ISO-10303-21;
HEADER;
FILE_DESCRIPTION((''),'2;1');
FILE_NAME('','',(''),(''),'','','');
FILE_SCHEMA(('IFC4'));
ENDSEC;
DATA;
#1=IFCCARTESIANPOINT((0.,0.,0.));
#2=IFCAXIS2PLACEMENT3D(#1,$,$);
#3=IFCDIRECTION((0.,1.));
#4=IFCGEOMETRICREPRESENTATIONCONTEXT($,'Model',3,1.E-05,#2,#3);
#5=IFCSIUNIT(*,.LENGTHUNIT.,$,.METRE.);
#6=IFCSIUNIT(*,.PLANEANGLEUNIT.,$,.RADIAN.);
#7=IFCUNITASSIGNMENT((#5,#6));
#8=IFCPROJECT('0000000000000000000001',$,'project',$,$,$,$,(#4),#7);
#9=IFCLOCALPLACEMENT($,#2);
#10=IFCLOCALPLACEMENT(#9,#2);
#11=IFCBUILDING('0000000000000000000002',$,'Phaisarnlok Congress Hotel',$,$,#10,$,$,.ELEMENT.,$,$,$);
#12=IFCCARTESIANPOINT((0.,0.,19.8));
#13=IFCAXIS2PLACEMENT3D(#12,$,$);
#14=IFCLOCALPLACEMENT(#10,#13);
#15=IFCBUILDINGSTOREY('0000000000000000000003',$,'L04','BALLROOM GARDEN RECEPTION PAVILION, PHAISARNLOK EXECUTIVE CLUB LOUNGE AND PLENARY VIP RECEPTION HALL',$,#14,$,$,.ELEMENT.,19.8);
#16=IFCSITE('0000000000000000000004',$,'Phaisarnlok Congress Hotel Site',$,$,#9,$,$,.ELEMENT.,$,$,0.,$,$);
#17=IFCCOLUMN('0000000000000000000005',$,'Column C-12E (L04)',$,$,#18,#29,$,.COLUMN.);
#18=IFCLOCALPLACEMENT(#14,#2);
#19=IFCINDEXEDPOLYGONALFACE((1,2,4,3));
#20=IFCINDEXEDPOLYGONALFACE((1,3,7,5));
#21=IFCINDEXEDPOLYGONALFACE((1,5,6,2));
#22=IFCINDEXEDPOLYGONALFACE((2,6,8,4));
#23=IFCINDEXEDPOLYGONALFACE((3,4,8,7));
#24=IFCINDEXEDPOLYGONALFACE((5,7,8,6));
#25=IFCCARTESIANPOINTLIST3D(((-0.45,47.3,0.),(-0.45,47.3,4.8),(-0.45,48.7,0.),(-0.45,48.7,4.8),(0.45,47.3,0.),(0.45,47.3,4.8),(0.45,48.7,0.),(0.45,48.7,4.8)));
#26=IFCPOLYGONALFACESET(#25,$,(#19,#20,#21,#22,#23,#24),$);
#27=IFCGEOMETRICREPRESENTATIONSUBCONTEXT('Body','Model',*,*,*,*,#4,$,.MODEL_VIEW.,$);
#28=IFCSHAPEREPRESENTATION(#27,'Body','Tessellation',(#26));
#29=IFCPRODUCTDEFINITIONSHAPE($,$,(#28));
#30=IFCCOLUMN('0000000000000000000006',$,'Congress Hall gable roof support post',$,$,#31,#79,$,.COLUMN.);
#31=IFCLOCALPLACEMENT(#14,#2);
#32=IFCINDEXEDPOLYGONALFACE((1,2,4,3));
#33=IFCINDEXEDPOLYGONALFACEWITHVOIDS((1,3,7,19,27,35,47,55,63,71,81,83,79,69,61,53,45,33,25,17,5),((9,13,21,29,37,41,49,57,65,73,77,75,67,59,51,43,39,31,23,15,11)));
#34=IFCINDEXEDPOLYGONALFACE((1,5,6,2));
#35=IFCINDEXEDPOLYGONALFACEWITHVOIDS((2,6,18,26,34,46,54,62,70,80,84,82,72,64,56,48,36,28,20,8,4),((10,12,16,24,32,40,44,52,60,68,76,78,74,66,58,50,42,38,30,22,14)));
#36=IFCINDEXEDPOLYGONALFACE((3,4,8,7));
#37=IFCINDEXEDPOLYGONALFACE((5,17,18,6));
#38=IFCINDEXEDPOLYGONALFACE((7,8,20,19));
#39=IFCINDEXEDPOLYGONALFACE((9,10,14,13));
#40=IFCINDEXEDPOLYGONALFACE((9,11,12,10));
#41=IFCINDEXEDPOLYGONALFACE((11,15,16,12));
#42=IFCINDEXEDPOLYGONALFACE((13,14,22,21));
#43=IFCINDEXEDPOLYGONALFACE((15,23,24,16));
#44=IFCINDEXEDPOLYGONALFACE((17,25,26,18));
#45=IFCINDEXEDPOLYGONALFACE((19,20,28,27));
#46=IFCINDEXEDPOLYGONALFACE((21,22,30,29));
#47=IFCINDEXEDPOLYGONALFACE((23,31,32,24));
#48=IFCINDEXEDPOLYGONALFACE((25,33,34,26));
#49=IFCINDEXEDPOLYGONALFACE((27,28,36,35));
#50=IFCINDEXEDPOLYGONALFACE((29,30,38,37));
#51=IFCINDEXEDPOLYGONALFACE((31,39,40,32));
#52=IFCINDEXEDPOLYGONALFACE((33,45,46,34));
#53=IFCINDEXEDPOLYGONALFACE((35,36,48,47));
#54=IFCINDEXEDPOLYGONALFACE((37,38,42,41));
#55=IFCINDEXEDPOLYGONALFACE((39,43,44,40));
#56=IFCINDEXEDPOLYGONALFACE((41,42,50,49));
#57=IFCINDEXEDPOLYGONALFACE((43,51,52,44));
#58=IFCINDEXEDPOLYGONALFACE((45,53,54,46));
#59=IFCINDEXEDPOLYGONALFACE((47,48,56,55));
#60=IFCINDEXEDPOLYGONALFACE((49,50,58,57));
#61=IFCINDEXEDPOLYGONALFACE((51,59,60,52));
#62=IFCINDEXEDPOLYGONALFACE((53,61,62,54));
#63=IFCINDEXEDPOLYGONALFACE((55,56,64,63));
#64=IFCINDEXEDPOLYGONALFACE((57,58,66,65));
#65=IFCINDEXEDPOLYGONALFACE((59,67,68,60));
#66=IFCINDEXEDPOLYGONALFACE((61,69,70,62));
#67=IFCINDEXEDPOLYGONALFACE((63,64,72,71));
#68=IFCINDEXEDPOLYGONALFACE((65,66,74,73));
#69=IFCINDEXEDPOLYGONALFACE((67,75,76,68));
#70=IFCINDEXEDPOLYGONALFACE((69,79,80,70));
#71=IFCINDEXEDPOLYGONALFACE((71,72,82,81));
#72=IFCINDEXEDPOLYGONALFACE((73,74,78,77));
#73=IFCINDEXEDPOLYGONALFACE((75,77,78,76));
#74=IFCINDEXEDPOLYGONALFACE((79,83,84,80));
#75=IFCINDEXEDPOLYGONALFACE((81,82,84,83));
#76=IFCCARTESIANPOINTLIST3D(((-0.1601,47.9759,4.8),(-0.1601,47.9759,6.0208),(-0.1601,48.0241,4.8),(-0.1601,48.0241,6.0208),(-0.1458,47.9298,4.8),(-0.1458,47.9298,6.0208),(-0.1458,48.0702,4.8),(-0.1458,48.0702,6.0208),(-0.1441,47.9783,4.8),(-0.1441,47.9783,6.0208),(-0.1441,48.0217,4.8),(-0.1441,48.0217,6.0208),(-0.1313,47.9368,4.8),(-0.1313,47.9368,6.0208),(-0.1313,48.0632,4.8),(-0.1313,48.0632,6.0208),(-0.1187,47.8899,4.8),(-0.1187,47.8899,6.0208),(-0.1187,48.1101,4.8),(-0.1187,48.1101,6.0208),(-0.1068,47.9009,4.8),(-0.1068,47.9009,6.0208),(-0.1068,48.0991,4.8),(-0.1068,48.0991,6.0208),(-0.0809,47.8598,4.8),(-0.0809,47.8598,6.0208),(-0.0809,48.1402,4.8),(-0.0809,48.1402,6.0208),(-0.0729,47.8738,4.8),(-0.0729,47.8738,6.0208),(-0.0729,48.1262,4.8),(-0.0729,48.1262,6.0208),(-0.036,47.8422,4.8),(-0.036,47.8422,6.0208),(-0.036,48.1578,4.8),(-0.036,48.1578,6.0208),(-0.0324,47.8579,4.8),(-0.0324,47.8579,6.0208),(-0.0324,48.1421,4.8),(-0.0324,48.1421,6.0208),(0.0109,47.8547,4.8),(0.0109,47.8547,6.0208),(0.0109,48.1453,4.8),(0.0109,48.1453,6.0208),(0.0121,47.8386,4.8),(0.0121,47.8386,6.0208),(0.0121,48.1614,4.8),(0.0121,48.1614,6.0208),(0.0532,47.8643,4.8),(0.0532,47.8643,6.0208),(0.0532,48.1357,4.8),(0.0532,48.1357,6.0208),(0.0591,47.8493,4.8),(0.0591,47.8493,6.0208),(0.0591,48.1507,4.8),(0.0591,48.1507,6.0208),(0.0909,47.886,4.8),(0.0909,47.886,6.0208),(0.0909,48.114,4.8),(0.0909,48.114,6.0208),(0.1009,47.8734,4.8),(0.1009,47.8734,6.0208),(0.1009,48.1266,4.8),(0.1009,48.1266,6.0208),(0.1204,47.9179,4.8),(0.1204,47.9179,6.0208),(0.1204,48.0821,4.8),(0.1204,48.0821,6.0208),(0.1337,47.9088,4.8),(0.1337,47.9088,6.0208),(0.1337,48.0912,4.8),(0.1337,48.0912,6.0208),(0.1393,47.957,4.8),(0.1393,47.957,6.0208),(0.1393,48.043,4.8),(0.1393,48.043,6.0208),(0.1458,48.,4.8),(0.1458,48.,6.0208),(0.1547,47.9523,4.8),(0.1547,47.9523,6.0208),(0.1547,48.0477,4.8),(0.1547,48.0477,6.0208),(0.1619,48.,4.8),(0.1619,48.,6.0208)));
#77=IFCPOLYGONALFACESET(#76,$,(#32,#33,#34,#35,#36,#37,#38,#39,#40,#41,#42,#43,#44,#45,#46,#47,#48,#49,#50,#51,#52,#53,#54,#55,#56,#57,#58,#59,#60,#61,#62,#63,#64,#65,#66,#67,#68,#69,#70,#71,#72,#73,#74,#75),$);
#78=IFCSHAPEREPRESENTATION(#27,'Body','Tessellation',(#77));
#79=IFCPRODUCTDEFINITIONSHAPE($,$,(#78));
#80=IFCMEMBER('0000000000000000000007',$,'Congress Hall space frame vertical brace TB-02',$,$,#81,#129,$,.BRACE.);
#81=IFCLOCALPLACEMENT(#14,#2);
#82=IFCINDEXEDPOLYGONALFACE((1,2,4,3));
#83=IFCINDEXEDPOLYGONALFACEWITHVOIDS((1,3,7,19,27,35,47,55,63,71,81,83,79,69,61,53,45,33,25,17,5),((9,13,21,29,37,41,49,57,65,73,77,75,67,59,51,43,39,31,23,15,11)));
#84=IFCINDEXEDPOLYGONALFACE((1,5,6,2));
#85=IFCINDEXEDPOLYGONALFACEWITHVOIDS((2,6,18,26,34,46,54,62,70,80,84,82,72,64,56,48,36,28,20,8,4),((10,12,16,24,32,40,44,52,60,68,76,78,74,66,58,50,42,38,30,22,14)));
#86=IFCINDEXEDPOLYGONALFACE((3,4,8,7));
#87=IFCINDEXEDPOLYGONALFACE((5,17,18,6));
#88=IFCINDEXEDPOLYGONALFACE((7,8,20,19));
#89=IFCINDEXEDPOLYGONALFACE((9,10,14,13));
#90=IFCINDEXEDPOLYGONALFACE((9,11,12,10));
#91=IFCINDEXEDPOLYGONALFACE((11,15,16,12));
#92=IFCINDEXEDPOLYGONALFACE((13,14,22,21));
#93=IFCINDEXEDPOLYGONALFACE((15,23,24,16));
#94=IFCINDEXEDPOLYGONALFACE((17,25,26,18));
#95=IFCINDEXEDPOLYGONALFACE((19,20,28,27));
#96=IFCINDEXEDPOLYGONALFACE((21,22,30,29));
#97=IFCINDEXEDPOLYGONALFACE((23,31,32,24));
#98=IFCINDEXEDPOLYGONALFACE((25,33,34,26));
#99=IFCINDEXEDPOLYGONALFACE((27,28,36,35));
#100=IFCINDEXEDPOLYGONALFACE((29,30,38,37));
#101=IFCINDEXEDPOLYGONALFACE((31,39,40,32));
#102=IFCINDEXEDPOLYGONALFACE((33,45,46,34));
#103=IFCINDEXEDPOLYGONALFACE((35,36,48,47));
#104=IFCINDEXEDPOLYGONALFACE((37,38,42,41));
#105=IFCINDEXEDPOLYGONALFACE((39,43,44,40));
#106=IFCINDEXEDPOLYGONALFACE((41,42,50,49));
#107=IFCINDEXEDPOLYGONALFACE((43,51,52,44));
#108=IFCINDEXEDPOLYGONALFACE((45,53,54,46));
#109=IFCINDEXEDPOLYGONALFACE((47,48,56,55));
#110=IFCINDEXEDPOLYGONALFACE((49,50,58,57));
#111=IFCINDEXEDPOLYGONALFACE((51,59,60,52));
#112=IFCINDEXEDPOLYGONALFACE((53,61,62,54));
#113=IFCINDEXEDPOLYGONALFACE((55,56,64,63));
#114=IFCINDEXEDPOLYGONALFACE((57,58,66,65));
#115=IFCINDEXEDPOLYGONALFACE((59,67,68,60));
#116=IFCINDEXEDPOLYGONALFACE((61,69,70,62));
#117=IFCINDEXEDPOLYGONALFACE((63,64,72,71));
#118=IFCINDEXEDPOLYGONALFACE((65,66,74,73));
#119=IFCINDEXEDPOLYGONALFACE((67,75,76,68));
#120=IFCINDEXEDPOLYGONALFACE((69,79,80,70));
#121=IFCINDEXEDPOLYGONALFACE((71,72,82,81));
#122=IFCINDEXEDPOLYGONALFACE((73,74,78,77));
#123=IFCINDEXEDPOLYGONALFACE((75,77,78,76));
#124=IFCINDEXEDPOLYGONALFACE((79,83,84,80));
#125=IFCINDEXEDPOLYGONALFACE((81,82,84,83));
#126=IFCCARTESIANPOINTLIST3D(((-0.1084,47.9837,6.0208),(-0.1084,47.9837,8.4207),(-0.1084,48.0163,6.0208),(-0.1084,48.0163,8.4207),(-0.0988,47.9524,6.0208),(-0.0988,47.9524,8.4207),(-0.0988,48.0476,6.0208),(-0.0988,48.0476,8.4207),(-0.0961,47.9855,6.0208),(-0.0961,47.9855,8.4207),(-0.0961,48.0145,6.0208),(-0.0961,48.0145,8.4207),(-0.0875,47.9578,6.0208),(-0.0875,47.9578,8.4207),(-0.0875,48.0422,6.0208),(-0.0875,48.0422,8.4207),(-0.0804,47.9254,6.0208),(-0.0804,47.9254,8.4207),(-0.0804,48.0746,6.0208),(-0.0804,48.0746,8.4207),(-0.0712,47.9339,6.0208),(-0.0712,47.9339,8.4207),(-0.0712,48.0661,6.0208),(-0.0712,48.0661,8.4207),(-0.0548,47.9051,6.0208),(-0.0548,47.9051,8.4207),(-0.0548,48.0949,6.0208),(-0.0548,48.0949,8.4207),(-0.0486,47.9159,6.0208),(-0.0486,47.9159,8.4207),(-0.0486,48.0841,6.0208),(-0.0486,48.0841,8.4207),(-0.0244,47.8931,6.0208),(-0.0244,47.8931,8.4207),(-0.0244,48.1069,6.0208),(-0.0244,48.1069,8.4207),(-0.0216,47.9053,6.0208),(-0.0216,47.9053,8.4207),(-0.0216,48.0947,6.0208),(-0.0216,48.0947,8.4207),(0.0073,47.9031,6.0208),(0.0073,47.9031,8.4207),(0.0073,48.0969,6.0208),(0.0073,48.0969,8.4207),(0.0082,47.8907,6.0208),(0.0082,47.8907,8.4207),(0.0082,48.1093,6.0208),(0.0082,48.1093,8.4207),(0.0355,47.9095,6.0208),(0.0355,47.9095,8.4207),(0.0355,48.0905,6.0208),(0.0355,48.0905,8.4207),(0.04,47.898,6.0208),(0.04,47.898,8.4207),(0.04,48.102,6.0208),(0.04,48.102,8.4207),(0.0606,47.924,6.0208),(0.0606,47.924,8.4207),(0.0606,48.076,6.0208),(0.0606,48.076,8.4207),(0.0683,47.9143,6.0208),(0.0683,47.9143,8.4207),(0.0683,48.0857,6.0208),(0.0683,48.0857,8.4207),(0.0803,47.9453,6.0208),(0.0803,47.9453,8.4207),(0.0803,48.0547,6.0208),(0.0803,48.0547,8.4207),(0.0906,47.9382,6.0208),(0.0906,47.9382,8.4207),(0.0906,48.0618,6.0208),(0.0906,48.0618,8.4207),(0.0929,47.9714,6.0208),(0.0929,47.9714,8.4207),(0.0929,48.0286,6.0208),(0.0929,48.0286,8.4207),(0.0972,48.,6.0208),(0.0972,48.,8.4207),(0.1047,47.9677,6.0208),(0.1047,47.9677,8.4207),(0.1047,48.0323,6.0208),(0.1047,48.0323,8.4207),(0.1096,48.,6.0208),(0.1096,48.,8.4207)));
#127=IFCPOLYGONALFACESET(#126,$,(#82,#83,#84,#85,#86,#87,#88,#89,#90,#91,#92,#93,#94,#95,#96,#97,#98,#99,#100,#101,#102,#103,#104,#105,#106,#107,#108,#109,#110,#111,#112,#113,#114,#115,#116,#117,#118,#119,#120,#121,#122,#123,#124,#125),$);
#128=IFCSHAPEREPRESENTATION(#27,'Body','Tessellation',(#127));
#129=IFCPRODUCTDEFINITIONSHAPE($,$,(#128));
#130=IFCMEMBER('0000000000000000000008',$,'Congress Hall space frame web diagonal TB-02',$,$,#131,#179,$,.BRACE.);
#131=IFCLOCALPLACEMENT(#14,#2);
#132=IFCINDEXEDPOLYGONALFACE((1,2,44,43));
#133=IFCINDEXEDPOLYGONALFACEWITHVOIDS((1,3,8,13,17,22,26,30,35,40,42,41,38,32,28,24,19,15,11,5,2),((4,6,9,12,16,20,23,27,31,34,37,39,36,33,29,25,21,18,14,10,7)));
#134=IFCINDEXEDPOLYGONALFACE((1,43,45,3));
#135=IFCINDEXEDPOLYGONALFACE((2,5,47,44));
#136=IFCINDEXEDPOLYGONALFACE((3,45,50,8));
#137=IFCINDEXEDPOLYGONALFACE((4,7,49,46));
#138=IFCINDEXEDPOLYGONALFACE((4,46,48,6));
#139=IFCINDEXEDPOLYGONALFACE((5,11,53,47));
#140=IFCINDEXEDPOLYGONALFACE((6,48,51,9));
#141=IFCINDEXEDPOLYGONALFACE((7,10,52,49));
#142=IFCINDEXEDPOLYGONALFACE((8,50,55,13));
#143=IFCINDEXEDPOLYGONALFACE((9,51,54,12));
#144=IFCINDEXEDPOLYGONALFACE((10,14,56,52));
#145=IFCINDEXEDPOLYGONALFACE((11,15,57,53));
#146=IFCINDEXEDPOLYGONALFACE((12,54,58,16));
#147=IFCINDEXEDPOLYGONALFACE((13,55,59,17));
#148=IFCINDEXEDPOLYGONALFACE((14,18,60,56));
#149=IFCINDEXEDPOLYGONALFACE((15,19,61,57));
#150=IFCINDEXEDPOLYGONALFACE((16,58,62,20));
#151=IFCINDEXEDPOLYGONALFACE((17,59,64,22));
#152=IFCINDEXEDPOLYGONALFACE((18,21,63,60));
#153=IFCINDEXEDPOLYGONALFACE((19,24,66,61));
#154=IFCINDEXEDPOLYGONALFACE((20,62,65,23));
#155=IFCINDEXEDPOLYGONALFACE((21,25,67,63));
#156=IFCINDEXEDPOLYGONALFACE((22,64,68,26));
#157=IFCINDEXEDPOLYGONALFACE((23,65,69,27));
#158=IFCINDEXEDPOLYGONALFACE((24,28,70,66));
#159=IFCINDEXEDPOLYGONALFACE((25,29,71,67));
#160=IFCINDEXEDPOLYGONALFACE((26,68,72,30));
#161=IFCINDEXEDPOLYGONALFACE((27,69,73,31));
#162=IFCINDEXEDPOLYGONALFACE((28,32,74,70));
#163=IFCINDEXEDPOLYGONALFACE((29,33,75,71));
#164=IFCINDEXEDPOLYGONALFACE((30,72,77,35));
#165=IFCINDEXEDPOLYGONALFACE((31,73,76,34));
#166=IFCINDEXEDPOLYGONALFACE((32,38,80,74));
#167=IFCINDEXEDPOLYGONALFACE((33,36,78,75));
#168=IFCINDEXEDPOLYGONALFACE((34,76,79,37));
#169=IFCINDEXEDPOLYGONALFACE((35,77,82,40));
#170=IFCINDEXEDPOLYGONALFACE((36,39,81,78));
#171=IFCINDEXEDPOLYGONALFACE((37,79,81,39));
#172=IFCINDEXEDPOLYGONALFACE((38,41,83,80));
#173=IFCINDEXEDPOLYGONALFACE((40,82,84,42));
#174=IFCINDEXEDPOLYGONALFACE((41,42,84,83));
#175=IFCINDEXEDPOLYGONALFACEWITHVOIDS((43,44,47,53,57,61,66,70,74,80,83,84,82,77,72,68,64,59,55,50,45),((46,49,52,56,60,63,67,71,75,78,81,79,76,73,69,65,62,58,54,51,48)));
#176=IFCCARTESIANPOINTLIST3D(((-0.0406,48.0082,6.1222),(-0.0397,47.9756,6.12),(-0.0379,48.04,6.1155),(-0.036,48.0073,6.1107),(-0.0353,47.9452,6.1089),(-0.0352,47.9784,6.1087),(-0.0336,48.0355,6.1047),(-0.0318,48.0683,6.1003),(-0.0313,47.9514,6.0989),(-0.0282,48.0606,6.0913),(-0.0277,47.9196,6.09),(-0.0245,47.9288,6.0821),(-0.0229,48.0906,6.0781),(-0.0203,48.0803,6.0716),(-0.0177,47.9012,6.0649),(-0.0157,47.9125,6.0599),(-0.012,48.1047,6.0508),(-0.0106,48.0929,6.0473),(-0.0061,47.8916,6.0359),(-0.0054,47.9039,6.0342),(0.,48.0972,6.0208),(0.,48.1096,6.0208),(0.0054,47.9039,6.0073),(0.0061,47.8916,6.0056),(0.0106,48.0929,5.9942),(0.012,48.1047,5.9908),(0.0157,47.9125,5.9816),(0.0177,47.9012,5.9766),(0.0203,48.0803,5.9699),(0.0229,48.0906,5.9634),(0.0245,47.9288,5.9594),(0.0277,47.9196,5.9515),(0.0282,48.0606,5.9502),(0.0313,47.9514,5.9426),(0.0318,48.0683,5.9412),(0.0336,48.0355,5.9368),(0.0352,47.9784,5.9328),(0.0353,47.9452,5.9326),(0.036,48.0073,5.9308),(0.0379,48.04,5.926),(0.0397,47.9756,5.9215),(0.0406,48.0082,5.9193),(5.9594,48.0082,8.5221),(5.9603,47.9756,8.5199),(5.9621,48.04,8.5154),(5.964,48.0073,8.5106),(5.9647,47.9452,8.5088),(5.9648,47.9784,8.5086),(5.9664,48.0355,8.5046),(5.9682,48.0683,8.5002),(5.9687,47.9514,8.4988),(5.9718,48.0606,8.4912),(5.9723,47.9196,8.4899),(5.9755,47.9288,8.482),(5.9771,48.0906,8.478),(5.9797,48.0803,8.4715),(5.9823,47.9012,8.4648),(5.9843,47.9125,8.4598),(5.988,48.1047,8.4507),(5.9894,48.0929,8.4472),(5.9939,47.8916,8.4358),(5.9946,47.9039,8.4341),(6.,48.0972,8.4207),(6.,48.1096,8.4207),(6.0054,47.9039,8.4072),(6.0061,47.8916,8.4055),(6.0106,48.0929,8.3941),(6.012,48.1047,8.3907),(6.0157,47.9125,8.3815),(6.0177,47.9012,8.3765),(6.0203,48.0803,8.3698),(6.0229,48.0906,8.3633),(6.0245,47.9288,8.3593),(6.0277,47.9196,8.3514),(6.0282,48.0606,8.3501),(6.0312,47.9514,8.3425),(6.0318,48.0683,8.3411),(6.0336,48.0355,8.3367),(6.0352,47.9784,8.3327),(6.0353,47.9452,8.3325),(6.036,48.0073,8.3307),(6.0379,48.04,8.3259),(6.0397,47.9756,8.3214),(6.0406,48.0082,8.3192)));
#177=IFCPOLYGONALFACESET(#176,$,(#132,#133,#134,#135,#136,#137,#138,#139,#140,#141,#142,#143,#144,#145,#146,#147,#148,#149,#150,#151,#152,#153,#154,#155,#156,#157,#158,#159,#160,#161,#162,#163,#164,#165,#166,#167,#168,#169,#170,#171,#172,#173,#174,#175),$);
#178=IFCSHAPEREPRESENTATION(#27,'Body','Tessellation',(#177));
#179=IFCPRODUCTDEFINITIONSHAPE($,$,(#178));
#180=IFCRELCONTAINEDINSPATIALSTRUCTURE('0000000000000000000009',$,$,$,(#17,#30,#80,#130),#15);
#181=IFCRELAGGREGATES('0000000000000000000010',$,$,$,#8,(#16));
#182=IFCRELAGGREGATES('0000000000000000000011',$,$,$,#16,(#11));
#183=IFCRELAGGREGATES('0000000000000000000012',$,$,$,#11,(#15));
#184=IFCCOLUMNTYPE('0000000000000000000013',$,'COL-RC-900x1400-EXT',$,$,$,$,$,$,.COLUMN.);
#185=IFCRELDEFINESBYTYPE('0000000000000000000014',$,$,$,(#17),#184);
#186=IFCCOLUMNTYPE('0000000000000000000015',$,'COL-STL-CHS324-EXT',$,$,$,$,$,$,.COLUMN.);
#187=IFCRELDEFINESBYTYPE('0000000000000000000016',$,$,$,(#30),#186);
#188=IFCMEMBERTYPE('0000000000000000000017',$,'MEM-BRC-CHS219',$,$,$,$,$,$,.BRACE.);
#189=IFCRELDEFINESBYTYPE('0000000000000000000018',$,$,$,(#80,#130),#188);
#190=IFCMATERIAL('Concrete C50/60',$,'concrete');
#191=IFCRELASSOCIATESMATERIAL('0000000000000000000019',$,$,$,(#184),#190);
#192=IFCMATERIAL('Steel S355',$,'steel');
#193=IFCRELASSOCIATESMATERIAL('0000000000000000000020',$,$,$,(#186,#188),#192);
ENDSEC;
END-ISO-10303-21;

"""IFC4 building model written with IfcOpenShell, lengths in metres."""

from ifc_helpers import new_model, si_unit, direction, frame, origin, origin_2d, place, context, subcontext, project, spatial, rectangle, hollow_circle, extrude, material, material_profile, profile_set, type_object, element, save


model = new_model("IFC4")

# Units and contexts
model_context = context("Model", 3, precision=1e-05, world=origin(), true_north=direction((0.0, 1.0)))
body_context = subcontext(model_context, "Body", "Model", "MODEL_VIEW")
ifc_project = project(units=[si_unit("LENGTHUNIT", "METRE"), si_unit("PLANEANGLEUNIT", "RADIAN")], contexts=[model_context])

# Site, building, storey
site_placement = place(None, origin())
site = spatial("IfcSite", under=ifc_project, at=site_placement, Name="Phaisarnlok Congress Hotel Site", CompositionType="ELEMENT", RefElevation=0.0)
building_placement = place(site_placement, origin())
building = spatial("IfcBuilding", under=site, at=building_placement, Name="Phaisarnlok Congress Hotel", CompositionType="ELEMENT")
storey_placement = place(building_placement, frame((0.0, 0.0, 19.8)))
storey = spatial("IfcBuildingStorey", under=building, at=storey_placement, Name="L04", Description="BALLROOM GARDEN RECEPTION PAVILION, PHAISARNLOK EXECUTIVE CLUB LOUNGE AND PLENARY VIP RECEPTION HALL", CompositionType="ELEMENT", Elevation=19.8)

# Columns
ifc_material_1 = material(Name="Concrete C50/60", Category="concrete")
ifc_material_profile_1 = material_profile(ifc_material_1, rectangle(XDim=0.8999, YDim=1.3999, at=origin_2d()), Name="RC 900x1400")
ifc_profile_set_1 = profile_set([ifc_material_profile_1], Name="Concrete C50/60")
column_type_1 = type_object("IfcColumnType", Name="COL-RC-900x1400-EXT", PredefinedType="COLUMN", material=ifc_profile_set_1)
column_1_placement = place(storey_placement, frame((0.0, 48.0, 0.0), z_axis=(0.0, 0.0, 1.0), x_axis=(1.0, 0.0, 0.0)))
element("IfcColumn", 1, at=column_1_placement, inside=storey, type_object=column_type_1, Name="Column C-12E (L04)", PredefinedType="COLUMN", context=body_context, shape_type="SweptSolid", body=[
    extrude(rectangle(XDim=0.8999, YDim=1.3999, at=origin_2d()), origin(), (0.0, 0.0, 1.0), 4.8),
])
ifc_material_2 = material(Name="Steel S355", Category="steel")
ifc_material_profile_2 = material_profile(ifc_material_2, hollow_circle(Radius=0.1619, WallThickness=0.0161, at=origin_2d()), Name="CHS 323.9x16")
ifc_profile_set_2 = profile_set([ifc_material_profile_2], Name="Steel S355")
column_type_2 = type_object("IfcColumnType", Name="COL-STL-CHS324-EXT", PredefinedType="COLUMN", material=ifc_profile_set_2)
column_2_placement = place(storey_placement, frame((0.0, 48.0, 4.8), z_axis=(0.0, 0.0, 1.0), x_axis=(1.0, 0.0, 0.0)))
element("IfcColumn", 2, at=column_2_placement, inside=storey, type_object=column_type_2, Name="Congress Hall gable roof support post", PredefinedType="COLUMN", context=body_context, shape_type="SweptSolid", body=[
    extrude(hollow_circle(Radius=0.1619, WallThickness=0.0161, at=origin_2d()), origin(), (0.0, 0.0, 1.0), 1.2207),
])

# Members
ifc_material_profile_3 = material_profile(ifc_material_2, hollow_circle(Radius=0.1096, WallThickness=0.0125, at=origin_2d()), Name="CHS 219.1x12.5")
ifc_profile_set_3 = profile_set([ifc_material_profile_3], Name="Steel S355")
member_type_1 = type_object("IfcMemberType", Name="MEM-BRC-CHS219", PredefinedType="BRACE", material=ifc_profile_set_3)
member_1_placement = place(storey_placement, frame((0.0, 48.0, 6.0208), z_axis=(0.0, 0.0, 1.0), x_axis=(1.0, 0.0, 0.0)))
element("IfcMember", 3, at=member_1_placement, inside=storey, type_object=member_type_1, Name="Congress Hall space frame vertical brace TB-02", PredefinedType="BRACE", context=body_context, shape_type="SweptSolid", body=[
    extrude(hollow_circle(Radius=0.1096, WallThickness=0.0125, at=origin_2d()), origin(), (0.0, 0.0, 1.0), 2.3999),
])
member_2_placement = place(storey_placement, frame((0.0, 48.0, 6.0208), z_axis=(0.928482, 0.0, 0.371378), x_axis=(0.0, 1.0, 0.0)))
element("IfcMember", 4, at=member_2_placement, inside=storey, type_object=member_type_1, Name="Congress Hall space frame web diagonal TB-02", PredefinedType="BRACE", context=body_context, shape_type="SweptSolid", body=[
    extrude(hollow_circle(Radius=0.1096, WallThickness=0.0125, at=origin_2d()), origin(), (0.0, 0.0, 1.0), 6.4622),
])

save(model, "model.ifc")
